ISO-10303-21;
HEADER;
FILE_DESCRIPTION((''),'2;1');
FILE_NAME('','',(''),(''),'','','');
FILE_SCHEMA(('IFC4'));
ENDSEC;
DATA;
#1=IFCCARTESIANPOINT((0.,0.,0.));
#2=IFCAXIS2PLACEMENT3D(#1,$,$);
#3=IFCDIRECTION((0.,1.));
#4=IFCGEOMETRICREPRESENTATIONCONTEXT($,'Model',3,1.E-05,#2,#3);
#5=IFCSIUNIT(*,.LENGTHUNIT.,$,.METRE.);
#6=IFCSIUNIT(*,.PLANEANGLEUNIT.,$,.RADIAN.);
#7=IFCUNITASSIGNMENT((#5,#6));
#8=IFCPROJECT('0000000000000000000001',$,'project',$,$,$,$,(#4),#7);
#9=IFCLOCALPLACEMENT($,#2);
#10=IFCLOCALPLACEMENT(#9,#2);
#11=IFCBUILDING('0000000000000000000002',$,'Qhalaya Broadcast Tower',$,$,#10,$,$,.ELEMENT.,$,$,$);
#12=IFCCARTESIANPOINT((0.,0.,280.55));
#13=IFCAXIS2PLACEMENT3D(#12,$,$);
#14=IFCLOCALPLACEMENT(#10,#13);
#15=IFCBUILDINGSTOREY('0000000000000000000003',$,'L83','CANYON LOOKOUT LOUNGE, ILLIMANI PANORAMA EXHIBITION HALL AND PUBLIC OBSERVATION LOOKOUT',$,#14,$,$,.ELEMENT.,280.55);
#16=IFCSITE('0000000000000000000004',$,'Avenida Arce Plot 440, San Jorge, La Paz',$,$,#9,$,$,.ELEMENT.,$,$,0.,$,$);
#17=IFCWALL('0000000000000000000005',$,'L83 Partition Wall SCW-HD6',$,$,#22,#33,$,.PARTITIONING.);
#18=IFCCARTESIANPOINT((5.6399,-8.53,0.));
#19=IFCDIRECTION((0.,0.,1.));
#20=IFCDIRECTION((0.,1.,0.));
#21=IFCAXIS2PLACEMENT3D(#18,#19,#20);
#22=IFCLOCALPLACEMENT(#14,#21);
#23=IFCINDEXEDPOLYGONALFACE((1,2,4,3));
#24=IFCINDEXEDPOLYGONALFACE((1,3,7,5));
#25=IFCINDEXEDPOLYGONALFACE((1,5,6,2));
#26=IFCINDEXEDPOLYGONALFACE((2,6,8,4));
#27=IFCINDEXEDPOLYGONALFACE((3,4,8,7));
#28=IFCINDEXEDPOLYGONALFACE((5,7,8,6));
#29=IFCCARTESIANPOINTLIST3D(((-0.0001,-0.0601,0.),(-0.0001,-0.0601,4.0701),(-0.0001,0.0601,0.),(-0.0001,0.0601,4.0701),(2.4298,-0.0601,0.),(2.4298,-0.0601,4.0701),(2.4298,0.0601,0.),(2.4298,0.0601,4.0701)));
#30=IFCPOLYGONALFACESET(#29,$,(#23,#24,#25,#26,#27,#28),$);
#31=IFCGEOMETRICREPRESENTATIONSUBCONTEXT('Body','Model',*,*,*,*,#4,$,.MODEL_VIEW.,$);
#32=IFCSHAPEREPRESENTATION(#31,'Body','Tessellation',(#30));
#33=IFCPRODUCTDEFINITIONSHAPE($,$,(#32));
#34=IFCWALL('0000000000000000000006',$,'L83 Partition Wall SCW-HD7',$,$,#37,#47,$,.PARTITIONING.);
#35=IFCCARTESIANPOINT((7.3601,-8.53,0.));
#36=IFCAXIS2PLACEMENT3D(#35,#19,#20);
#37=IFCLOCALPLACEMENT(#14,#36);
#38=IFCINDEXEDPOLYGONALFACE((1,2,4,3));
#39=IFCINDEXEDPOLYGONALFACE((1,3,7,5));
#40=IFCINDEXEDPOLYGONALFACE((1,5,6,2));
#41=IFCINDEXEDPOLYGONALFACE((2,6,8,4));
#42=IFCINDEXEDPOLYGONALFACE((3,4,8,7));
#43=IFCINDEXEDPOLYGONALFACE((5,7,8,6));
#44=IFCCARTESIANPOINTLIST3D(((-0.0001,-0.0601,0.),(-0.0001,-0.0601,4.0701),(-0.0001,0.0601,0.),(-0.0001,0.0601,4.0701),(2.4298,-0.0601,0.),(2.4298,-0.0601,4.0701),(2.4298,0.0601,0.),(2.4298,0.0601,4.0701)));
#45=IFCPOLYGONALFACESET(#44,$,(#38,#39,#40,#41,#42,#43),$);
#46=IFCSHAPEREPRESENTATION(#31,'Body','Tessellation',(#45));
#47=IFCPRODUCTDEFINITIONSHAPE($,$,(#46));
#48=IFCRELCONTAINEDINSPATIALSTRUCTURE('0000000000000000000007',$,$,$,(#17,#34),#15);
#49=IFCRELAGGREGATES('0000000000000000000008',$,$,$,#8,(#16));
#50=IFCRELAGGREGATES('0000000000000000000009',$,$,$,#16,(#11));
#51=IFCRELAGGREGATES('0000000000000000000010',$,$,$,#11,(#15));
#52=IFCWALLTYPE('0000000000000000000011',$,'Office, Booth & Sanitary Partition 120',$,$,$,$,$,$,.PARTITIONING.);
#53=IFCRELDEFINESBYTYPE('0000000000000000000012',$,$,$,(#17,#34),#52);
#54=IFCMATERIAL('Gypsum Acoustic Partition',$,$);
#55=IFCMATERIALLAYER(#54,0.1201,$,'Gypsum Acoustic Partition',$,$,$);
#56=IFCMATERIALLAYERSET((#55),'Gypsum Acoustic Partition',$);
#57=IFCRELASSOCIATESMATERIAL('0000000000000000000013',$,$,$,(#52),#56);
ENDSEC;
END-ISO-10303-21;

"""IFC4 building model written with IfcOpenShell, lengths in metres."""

from ifc_helpers import new_model, si_unit, direction, frame, frame_2d, origin, place, context, subcontext, project, spatial, rectangle, extrude, material, layer, layer_set, type_object, element, save


model = new_model("IFC4")

# Units and contexts
model_context = context("Model", 3, precision=1e-05, world=origin(), true_north=direction((0.0, 1.0)))
body_context = subcontext(model_context, "Body", "Model", "MODEL_VIEW")
ifc_project = project(units=[si_unit("LENGTHUNIT", "METRE"), si_unit("PLANEANGLEUNIT", "RADIAN")], contexts=[model_context])

# Site, building, storey
site_placement = place(None, origin())
site = spatial("IfcSite", under=ifc_project, at=site_placement, Name="Avenida Arce Plot 440, San Jorge, La Paz", CompositionType="ELEMENT", RefElevation=0.0)
building_placement = place(site_placement, origin())
building = spatial("IfcBuilding", under=site, at=building_placement, Name="Qhalaya Broadcast Tower", CompositionType="ELEMENT")
storey_placement = place(building_placement, frame((0.0, 0.0, 280.55)))
storey = spatial("IfcBuildingStorey", under=building, at=storey_placement, Name="L83", Description="CANYON LOOKOUT LOUNGE, ILLIMANI PANORAMA EXHIBITION HALL AND PUBLIC OBSERVATION LOOKOUT", CompositionType="ELEMENT", Elevation=280.55)

# Shared definitions
ifc_material_1 = material(Name="Gypsum Acoustic Partition")

# Walls
ifc_layer_1 = layer(ifc_material_1, 0.1201, Name="Gypsum Acoustic Partition")
ifc_layer_set_1 = layer_set([ifc_layer_1], Name="Gypsum Acoustic Partition")
wall_type_1 = type_object("IfcWallType", Name="Office, Booth & Sanitary Partition 120", PredefinedType="PARTITIONING", material=ifc_layer_set_1)
for number, where, z_axis, x_axis, name in (
    (1, (5.6399, -8.53, 0.0), (0.0, 0.0, 1.0), (0.0, 1.0, 0.0), "L83 Partition Wall SCW-HD6"),
    (2, (7.3601, -8.53, 0.0), (0.0, 0.0, 1.0), (0.0, 1.0, 0.0), "L83 Partition Wall SCW-HD7"),
):
    element("IfcWall", number, at=place(storey_placement, frame(where, z_axis=z_axis, x_axis=x_axis)), inside=storey, type_object=wall_type_1, Name=name, PredefinedType="PARTITIONING", context=body_context, shape_type="SweptSolid", body=[
        extrude(rectangle(XDim=2.4299, YDim=0.1201, at=frame_2d((1.2148, 0.0))), origin(), (0.0, 0.0, 1.0), 4.0701),
    ])

save(model, "model.ifc")
